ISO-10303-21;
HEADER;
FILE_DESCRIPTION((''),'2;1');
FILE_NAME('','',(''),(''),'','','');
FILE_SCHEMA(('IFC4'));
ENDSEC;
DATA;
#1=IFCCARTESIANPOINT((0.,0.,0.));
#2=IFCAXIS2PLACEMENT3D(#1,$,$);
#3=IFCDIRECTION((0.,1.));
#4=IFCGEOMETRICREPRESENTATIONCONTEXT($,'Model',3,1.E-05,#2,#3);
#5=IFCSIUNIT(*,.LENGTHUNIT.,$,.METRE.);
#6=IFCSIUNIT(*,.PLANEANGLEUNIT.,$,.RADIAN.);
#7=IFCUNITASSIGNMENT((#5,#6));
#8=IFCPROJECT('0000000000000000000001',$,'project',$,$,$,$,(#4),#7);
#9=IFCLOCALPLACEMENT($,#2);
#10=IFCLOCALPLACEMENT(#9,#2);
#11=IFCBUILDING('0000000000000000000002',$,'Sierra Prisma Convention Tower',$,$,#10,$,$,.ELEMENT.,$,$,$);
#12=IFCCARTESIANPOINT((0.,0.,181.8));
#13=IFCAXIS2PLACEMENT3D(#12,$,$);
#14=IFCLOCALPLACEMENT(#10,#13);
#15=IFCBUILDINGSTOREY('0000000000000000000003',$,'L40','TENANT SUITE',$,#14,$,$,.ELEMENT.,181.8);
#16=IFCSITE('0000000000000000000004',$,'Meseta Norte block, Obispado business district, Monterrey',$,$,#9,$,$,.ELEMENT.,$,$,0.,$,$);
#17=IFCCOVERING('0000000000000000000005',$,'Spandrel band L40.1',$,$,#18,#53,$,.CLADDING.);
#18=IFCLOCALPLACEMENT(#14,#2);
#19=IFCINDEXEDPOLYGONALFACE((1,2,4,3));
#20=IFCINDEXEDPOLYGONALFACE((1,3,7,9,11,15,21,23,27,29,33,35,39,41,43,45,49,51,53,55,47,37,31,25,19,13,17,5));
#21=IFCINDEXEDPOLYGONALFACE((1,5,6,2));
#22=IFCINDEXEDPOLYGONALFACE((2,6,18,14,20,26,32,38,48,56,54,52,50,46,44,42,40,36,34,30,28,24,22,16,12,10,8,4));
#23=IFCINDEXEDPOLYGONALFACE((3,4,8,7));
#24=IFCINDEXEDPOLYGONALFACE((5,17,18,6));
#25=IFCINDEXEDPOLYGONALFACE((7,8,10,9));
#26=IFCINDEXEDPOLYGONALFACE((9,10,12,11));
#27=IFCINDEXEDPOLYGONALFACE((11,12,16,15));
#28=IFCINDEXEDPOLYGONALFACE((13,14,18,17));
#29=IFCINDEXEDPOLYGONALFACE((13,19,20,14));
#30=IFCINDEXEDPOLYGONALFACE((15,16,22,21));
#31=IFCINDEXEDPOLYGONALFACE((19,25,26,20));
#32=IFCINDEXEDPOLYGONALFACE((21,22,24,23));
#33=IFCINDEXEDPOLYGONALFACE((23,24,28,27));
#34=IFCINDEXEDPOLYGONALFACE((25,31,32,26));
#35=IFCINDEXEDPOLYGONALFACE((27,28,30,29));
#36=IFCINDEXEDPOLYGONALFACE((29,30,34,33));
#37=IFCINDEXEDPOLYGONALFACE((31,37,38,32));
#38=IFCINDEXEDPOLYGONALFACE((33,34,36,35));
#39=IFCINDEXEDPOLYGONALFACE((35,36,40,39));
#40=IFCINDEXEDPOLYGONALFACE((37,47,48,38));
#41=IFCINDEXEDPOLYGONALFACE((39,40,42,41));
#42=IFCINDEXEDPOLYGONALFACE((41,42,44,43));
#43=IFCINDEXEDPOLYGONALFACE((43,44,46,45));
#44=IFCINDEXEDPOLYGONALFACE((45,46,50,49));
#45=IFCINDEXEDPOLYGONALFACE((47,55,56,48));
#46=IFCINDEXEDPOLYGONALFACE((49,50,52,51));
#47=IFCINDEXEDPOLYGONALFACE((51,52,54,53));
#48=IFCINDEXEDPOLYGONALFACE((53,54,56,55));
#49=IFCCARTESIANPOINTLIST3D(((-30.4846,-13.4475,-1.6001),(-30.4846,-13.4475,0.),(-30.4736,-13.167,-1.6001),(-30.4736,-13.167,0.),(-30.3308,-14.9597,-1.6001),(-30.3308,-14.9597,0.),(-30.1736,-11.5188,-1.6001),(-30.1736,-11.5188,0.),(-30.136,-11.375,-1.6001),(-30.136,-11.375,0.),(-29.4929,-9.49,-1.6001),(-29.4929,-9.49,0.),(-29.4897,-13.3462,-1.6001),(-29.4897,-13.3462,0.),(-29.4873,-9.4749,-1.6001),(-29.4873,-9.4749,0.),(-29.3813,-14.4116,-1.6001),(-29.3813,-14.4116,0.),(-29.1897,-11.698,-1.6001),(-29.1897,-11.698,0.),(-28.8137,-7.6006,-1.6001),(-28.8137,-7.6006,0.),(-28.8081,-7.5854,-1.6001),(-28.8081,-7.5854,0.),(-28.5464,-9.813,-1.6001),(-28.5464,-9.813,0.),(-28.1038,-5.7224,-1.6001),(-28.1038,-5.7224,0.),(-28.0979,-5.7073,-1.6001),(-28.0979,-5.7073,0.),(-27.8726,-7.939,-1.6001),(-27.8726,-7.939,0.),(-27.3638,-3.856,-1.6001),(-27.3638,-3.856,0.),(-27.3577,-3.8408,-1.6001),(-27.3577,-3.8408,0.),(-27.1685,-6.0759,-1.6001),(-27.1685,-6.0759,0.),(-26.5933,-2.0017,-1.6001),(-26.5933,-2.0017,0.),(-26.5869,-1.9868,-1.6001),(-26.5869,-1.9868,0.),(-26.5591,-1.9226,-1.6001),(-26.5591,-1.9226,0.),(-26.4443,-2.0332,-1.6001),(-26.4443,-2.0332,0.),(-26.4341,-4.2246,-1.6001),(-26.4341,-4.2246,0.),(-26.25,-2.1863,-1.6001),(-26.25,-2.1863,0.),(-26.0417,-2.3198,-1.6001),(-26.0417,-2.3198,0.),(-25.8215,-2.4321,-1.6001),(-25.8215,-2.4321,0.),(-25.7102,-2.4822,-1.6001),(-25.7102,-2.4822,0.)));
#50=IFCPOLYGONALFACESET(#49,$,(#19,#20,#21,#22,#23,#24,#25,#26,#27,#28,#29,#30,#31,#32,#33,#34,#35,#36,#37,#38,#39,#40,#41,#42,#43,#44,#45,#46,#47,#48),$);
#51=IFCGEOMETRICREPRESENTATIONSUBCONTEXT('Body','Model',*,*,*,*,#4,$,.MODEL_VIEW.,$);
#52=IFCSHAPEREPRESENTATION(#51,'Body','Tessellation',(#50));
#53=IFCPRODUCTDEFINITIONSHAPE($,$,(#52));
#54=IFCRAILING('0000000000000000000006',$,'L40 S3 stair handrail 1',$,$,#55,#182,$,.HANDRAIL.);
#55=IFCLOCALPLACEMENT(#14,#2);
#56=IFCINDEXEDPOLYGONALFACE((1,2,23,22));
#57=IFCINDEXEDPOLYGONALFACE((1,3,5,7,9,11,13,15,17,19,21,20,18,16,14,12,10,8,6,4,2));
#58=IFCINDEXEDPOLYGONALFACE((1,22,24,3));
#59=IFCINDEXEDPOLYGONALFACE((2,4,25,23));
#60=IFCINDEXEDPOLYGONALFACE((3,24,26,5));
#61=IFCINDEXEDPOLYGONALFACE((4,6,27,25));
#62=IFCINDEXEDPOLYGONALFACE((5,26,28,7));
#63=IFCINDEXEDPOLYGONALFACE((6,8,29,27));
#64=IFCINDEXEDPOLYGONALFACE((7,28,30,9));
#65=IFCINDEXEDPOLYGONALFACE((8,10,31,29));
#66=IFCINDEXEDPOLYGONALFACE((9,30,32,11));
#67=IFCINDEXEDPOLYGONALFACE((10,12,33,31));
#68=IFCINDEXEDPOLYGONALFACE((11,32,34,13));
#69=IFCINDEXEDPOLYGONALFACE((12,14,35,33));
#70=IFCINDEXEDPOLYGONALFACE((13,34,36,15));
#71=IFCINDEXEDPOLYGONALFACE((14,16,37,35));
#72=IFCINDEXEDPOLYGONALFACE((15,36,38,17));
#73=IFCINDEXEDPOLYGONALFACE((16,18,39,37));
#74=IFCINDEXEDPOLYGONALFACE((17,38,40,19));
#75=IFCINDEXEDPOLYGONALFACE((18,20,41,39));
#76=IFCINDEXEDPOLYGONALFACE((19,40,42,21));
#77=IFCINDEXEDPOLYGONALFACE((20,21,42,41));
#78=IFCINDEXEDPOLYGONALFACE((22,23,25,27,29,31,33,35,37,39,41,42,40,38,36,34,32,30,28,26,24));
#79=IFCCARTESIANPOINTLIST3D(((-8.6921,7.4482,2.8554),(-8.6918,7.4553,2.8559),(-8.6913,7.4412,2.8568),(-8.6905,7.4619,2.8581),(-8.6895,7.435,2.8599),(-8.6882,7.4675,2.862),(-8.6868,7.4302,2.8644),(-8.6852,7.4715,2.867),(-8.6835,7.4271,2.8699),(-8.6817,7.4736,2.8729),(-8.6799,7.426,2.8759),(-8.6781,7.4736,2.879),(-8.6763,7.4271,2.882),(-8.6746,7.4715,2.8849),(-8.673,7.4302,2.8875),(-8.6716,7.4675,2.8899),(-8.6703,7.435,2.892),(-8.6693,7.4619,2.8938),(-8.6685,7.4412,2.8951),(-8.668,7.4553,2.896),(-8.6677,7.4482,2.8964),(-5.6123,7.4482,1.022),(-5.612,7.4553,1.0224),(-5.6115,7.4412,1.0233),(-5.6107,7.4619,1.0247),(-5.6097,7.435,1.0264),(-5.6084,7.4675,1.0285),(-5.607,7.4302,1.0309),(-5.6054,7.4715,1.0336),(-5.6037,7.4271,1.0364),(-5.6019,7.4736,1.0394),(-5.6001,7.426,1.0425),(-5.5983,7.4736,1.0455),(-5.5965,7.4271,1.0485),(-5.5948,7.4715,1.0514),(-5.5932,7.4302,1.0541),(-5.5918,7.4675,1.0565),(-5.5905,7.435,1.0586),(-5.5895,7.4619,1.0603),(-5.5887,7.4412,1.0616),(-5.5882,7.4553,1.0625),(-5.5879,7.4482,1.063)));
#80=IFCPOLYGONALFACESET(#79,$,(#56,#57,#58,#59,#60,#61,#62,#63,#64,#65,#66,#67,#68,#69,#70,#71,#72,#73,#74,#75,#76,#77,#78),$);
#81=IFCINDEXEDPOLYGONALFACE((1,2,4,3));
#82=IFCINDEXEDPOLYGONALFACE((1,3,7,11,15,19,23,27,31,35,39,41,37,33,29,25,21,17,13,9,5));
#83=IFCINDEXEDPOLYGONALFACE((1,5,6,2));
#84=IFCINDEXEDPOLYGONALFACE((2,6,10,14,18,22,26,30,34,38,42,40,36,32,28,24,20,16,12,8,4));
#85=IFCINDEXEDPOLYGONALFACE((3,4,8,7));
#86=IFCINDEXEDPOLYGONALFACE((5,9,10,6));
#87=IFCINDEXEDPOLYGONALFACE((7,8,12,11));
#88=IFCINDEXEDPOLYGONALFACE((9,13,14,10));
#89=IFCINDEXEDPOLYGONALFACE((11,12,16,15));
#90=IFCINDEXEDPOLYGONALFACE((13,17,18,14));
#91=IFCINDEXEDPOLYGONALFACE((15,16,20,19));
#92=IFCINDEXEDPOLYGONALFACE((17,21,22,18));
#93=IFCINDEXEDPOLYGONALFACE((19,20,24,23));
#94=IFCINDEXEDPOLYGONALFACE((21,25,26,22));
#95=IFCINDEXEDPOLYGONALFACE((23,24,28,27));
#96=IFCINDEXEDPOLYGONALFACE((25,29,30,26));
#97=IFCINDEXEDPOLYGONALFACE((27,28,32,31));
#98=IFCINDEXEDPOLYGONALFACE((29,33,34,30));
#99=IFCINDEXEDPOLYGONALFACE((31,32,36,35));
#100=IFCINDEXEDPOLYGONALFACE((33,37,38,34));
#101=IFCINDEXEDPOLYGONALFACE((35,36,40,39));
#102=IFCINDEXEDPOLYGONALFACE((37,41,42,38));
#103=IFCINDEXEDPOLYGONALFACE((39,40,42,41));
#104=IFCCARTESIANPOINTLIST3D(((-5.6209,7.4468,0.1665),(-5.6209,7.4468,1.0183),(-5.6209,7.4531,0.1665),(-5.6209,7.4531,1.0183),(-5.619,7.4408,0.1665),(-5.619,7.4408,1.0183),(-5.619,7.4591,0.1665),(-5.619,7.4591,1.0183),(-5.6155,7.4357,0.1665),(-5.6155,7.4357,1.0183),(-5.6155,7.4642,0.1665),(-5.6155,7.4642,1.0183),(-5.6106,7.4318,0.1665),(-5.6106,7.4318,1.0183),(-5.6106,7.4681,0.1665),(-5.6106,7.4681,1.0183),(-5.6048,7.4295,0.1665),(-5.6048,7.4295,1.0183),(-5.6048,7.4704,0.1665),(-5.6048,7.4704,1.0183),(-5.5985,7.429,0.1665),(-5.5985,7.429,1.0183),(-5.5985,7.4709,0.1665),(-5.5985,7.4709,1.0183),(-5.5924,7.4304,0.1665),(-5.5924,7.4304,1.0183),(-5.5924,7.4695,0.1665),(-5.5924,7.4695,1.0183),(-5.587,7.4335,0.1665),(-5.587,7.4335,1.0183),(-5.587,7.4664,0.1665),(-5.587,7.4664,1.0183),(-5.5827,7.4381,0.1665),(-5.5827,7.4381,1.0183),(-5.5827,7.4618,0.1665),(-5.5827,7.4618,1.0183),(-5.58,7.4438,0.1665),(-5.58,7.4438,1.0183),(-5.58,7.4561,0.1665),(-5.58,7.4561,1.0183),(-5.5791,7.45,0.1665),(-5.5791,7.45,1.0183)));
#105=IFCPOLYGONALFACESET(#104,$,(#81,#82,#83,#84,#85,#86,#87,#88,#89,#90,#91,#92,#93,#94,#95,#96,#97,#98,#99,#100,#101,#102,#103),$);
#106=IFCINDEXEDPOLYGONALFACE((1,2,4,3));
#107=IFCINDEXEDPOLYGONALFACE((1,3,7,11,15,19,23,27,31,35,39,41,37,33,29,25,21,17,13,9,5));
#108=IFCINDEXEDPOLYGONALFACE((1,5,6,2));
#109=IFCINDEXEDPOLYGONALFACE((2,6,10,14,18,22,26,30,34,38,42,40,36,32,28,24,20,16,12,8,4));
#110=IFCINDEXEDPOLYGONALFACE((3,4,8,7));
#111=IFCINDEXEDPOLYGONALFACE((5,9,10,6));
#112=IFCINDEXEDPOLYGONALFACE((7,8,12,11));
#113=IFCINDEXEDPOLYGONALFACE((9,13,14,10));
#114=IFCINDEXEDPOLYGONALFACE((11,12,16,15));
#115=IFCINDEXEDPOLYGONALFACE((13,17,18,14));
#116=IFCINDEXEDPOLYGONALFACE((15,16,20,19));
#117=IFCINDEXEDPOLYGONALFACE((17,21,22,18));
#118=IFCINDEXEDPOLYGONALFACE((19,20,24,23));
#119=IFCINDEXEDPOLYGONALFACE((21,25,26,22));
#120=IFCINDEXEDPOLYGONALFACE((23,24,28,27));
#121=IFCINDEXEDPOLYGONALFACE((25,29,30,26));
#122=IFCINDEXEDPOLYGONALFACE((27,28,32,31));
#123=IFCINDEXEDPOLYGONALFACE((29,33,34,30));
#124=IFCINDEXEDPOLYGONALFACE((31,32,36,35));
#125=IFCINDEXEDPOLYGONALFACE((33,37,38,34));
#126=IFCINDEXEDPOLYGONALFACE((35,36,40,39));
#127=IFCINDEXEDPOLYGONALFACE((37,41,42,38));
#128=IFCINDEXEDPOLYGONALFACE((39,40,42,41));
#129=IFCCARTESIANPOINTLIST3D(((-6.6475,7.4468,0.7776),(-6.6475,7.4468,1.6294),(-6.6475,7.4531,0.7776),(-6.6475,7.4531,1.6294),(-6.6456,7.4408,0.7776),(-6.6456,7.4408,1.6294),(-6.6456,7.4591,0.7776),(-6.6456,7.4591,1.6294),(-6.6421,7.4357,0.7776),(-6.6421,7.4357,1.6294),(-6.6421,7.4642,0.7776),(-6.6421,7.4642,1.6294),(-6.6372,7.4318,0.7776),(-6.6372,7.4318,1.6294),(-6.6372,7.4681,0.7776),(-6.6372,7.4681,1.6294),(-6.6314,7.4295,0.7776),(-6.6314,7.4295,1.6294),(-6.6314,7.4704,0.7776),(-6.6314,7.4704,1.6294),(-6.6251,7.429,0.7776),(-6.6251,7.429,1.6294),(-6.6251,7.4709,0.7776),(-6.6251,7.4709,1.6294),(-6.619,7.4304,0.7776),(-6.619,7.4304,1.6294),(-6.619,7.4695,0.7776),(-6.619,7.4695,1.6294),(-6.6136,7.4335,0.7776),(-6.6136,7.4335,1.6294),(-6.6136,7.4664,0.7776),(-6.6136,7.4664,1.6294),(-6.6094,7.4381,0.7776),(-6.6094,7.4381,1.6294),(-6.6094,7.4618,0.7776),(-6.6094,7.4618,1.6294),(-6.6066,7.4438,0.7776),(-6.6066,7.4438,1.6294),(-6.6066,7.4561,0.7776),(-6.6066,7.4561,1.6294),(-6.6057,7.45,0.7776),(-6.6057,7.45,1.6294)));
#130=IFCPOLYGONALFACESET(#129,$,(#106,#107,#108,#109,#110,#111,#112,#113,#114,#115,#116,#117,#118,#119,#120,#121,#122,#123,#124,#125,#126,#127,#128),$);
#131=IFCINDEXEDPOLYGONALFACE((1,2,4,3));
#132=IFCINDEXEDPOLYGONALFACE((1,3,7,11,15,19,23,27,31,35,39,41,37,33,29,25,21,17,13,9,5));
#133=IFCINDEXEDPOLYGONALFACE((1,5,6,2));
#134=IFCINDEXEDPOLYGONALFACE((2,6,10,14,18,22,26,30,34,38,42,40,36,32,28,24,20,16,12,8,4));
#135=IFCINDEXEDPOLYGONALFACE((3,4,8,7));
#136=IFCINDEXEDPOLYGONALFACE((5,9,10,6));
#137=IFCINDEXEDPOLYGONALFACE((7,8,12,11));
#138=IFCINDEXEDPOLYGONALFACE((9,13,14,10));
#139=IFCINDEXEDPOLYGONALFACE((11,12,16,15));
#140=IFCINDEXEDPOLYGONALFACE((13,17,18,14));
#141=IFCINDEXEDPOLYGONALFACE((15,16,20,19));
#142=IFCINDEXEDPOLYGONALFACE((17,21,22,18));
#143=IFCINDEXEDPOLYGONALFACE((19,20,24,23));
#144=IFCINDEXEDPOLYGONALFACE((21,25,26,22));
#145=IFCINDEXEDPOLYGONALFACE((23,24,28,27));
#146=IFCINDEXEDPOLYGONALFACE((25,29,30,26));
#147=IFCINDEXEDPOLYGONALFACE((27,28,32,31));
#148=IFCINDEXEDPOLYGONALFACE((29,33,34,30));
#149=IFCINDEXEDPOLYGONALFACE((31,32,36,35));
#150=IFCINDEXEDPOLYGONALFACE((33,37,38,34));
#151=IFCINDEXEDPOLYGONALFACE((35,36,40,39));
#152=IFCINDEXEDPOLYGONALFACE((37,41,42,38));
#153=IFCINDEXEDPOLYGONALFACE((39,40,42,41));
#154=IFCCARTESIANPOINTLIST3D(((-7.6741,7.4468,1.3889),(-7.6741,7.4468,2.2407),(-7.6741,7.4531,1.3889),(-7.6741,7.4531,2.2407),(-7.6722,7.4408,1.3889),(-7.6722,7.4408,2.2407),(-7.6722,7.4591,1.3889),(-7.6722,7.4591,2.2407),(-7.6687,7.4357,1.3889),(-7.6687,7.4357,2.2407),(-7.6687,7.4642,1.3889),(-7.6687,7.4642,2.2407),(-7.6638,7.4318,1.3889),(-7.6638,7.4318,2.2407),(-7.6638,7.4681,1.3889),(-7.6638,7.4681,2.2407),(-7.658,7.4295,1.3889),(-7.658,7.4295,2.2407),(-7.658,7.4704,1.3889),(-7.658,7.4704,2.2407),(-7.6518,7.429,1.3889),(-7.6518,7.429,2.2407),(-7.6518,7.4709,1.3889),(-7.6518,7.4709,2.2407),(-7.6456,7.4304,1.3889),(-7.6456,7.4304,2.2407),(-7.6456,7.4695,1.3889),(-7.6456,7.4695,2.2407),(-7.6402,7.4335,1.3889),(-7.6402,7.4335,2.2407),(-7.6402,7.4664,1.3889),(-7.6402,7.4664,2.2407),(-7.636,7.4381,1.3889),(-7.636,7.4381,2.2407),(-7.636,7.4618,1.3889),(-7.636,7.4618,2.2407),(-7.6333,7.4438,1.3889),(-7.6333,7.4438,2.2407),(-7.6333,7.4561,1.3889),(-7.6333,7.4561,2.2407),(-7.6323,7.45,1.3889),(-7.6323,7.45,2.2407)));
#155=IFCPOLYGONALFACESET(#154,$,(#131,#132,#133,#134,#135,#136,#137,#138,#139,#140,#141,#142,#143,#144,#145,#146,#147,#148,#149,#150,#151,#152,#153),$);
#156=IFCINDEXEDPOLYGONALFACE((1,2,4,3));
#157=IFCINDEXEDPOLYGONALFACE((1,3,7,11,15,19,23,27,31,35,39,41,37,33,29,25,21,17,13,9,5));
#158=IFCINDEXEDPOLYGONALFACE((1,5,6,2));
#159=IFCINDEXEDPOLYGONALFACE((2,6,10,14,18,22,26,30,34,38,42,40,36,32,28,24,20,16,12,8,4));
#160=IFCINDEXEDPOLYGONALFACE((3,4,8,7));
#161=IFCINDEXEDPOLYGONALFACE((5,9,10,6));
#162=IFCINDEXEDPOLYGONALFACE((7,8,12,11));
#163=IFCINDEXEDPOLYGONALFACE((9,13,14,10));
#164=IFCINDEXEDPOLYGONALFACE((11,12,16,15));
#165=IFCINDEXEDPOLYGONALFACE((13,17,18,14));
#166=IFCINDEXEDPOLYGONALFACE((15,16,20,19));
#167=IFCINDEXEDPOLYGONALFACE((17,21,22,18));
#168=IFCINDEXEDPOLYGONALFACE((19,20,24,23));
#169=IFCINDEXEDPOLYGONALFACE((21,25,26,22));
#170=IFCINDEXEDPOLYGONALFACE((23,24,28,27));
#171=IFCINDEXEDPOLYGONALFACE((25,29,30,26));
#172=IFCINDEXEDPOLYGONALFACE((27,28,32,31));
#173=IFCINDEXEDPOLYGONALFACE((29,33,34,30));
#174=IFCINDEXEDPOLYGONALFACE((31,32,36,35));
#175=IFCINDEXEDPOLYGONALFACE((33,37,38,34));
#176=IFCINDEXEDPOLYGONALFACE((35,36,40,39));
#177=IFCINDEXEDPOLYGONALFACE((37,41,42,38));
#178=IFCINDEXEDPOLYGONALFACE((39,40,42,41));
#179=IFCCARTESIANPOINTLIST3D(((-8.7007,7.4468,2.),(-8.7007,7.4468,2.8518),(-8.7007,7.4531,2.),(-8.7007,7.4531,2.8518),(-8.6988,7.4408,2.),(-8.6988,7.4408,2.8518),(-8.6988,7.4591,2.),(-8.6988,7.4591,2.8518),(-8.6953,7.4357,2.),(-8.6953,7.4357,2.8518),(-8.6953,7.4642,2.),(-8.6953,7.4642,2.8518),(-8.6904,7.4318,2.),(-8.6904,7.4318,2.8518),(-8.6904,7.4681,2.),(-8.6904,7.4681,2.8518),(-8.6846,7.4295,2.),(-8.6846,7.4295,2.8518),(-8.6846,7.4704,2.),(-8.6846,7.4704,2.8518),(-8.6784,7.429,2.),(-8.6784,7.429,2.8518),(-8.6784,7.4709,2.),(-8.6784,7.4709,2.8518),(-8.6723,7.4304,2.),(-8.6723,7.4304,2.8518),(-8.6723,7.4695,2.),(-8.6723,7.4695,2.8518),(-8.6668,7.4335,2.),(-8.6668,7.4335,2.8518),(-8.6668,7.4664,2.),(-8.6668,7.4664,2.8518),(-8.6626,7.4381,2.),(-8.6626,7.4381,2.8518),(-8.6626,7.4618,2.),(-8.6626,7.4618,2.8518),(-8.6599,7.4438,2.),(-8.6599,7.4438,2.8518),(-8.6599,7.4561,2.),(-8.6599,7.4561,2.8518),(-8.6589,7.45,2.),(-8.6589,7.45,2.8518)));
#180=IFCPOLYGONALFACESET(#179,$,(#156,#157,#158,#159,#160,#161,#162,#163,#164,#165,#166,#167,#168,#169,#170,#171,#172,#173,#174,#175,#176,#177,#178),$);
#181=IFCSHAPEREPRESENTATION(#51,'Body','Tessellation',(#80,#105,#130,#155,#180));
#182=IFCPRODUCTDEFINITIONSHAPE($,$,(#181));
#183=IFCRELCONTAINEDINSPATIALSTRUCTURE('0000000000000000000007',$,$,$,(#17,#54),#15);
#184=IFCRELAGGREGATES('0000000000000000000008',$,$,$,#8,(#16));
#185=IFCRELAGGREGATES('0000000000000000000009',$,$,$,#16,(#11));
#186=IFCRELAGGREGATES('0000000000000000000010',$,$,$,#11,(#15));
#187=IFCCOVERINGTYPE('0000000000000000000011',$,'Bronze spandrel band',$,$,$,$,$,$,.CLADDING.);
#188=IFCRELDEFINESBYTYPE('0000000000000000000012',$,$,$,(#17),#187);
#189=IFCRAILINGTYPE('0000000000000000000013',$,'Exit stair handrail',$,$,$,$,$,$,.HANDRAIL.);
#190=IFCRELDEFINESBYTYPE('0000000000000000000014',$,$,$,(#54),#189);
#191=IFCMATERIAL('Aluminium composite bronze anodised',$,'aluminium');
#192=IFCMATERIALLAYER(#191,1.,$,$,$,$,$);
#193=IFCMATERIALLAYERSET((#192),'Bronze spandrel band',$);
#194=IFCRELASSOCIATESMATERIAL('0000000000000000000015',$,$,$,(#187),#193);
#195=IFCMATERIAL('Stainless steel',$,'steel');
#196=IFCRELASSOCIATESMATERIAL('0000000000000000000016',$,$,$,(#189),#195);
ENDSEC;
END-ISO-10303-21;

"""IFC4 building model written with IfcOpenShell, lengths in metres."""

from ifc_helpers import new_model, si_unit, direction, frame, origin, origin_2d, place, context, subcontext, project, spatial, polyline, circle, outline, extrude, material, layer, layer_set, type_object, element, save


model = new_model("IFC4")

# Units and contexts
model_context = context("Model", 3, precision=1e-05, world=origin(), true_north=direction((0.0, 1.0)))
body_context = subcontext(model_context, "Body", "Model", "MODEL_VIEW")
ifc_project = project(units=[si_unit("LENGTHUNIT", "METRE"), si_unit("PLANEANGLEUNIT", "RADIAN")], contexts=[model_context])

# Site, building, storey
site_placement = place(None, origin())
site = spatial("IfcSite", under=ifc_project, at=site_placement, Name="Meseta Norte block, Obispado business district, Monterrey", CompositionType="ELEMENT", RefElevation=0.0)
building_placement = place(site_placement, origin())
building = spatial("IfcBuilding", under=site, at=building_placement, Name="Sierra Prisma Convention Tower", CompositionType="ELEMENT")
storey_placement = place(building_placement, frame((0.0, 0.0, 181.8)))
storey = spatial("IfcBuildingStorey", under=building, at=storey_placement, Name="L40", Description="TENANT SUITE", CompositionType="ELEMENT", Elevation=181.8)

# Covering
ifc_material_1 = material(Name="Aluminium composite bronze anodised", Category="aluminium")
ifc_layer_1 = layer(ifc_material_1, 1.0)
ifc_layer_set_1 = layer_set([ifc_layer_1], Name="Bronze spandrel band")
covering_type = type_object("IfcCoveringType", Name="Bronze spandrel band", PredefinedType="CLADDING", material=ifc_layer_set_1)
covering_1_placement = place(storey_placement, frame((0.0, 0.0, -1.6001)))
element("IfcCovering", 1, at=covering_1_placement, inside=storey, type_object=covering_type, Name="Spandrel band L40.1", PredefinedType="CLADDING", context=body_context, shape_type="SweptSolid", body=[
    extrude(outline(polyline([(-26.5869, -1.9868), (-26.5591, -1.9226), (-26.4443, -2.0332), (-26.25, -2.1863), (-26.0417, -2.3198), (-25.8215, -2.4321), (-25.7102, -2.4822), (-26.4341, -4.2246), (-27.1685, -6.0759), (-27.8726, -7.939), (-28.5464, -9.813), (-29.1897, -11.698), (-29.4897, -13.3462), (-29.3813, -14.4116), (-30.3308, -14.9597), (-30.4846, -13.4475), (-30.4736, -13.167), (-30.1736, -11.5188), (-30.136, -11.375), (-29.4929, -9.49), (-29.4873, -9.4749), (-28.8137, -7.6006), (-28.8081, -7.5854), (-28.1038, -5.7224), (-28.0979, -5.7073), (-27.3638, -3.856), (-27.3577, -3.8408), (-26.5933, -2.0017), (-26.5869, -1.9868)])), origin(), (0.0, 0.0, 1.0), 1.6001),
])

# Railing
ifc_material_2 = material(Name="Stainless steel", Category="steel")
railing_type_1 = type_object("IfcRailingType", Name="Exit stair handrail", PredefinedType="HANDRAIL", material=ifc_material_2)
railing_1_placement = place(storey_placement, frame((-5.6001, 7.45, 0.1665)))
element("IfcRailing", 2, at=railing_1_placement, inside=storey, type_object=railing_type_1, Name="L40 S3 stair handrail 1", PredefinedType="HANDRAIL", context=body_context, shape_type="SweptSolid", body=[
    extrude(circle(Radius=0.0239, at=origin_2d()), frame((0.0, 0.0, 0.876), z_axis=(-0.859261, 0.0, 0.511538), x_axis=(0.0, -1.0, 0.0)), (0.0, 0.0, 1.0), 3.5842),
    extrude(circle(Radius=0.021, at=origin_2d()), origin(), (0.0, 0.0, 1.0), 0.8518),
    extrude(circle(Radius=0.021, at=origin_2d()), frame((-1.0266, 0.0, 0.6111)), (0.0, 0.0, 1.0), 0.8518),
    extrude(circle(Radius=0.021, at=origin_2d()), frame((-2.0532, 0.0, 1.2224)), (0.0, 0.0, 1.0), 0.8518),
    extrude(circle(Radius=0.021, at=origin_2d()), frame((-3.0798, 0.0, 1.8335)), (0.0, 0.0, 1.0), 0.8518),
])

save(model, "model.ifc")
